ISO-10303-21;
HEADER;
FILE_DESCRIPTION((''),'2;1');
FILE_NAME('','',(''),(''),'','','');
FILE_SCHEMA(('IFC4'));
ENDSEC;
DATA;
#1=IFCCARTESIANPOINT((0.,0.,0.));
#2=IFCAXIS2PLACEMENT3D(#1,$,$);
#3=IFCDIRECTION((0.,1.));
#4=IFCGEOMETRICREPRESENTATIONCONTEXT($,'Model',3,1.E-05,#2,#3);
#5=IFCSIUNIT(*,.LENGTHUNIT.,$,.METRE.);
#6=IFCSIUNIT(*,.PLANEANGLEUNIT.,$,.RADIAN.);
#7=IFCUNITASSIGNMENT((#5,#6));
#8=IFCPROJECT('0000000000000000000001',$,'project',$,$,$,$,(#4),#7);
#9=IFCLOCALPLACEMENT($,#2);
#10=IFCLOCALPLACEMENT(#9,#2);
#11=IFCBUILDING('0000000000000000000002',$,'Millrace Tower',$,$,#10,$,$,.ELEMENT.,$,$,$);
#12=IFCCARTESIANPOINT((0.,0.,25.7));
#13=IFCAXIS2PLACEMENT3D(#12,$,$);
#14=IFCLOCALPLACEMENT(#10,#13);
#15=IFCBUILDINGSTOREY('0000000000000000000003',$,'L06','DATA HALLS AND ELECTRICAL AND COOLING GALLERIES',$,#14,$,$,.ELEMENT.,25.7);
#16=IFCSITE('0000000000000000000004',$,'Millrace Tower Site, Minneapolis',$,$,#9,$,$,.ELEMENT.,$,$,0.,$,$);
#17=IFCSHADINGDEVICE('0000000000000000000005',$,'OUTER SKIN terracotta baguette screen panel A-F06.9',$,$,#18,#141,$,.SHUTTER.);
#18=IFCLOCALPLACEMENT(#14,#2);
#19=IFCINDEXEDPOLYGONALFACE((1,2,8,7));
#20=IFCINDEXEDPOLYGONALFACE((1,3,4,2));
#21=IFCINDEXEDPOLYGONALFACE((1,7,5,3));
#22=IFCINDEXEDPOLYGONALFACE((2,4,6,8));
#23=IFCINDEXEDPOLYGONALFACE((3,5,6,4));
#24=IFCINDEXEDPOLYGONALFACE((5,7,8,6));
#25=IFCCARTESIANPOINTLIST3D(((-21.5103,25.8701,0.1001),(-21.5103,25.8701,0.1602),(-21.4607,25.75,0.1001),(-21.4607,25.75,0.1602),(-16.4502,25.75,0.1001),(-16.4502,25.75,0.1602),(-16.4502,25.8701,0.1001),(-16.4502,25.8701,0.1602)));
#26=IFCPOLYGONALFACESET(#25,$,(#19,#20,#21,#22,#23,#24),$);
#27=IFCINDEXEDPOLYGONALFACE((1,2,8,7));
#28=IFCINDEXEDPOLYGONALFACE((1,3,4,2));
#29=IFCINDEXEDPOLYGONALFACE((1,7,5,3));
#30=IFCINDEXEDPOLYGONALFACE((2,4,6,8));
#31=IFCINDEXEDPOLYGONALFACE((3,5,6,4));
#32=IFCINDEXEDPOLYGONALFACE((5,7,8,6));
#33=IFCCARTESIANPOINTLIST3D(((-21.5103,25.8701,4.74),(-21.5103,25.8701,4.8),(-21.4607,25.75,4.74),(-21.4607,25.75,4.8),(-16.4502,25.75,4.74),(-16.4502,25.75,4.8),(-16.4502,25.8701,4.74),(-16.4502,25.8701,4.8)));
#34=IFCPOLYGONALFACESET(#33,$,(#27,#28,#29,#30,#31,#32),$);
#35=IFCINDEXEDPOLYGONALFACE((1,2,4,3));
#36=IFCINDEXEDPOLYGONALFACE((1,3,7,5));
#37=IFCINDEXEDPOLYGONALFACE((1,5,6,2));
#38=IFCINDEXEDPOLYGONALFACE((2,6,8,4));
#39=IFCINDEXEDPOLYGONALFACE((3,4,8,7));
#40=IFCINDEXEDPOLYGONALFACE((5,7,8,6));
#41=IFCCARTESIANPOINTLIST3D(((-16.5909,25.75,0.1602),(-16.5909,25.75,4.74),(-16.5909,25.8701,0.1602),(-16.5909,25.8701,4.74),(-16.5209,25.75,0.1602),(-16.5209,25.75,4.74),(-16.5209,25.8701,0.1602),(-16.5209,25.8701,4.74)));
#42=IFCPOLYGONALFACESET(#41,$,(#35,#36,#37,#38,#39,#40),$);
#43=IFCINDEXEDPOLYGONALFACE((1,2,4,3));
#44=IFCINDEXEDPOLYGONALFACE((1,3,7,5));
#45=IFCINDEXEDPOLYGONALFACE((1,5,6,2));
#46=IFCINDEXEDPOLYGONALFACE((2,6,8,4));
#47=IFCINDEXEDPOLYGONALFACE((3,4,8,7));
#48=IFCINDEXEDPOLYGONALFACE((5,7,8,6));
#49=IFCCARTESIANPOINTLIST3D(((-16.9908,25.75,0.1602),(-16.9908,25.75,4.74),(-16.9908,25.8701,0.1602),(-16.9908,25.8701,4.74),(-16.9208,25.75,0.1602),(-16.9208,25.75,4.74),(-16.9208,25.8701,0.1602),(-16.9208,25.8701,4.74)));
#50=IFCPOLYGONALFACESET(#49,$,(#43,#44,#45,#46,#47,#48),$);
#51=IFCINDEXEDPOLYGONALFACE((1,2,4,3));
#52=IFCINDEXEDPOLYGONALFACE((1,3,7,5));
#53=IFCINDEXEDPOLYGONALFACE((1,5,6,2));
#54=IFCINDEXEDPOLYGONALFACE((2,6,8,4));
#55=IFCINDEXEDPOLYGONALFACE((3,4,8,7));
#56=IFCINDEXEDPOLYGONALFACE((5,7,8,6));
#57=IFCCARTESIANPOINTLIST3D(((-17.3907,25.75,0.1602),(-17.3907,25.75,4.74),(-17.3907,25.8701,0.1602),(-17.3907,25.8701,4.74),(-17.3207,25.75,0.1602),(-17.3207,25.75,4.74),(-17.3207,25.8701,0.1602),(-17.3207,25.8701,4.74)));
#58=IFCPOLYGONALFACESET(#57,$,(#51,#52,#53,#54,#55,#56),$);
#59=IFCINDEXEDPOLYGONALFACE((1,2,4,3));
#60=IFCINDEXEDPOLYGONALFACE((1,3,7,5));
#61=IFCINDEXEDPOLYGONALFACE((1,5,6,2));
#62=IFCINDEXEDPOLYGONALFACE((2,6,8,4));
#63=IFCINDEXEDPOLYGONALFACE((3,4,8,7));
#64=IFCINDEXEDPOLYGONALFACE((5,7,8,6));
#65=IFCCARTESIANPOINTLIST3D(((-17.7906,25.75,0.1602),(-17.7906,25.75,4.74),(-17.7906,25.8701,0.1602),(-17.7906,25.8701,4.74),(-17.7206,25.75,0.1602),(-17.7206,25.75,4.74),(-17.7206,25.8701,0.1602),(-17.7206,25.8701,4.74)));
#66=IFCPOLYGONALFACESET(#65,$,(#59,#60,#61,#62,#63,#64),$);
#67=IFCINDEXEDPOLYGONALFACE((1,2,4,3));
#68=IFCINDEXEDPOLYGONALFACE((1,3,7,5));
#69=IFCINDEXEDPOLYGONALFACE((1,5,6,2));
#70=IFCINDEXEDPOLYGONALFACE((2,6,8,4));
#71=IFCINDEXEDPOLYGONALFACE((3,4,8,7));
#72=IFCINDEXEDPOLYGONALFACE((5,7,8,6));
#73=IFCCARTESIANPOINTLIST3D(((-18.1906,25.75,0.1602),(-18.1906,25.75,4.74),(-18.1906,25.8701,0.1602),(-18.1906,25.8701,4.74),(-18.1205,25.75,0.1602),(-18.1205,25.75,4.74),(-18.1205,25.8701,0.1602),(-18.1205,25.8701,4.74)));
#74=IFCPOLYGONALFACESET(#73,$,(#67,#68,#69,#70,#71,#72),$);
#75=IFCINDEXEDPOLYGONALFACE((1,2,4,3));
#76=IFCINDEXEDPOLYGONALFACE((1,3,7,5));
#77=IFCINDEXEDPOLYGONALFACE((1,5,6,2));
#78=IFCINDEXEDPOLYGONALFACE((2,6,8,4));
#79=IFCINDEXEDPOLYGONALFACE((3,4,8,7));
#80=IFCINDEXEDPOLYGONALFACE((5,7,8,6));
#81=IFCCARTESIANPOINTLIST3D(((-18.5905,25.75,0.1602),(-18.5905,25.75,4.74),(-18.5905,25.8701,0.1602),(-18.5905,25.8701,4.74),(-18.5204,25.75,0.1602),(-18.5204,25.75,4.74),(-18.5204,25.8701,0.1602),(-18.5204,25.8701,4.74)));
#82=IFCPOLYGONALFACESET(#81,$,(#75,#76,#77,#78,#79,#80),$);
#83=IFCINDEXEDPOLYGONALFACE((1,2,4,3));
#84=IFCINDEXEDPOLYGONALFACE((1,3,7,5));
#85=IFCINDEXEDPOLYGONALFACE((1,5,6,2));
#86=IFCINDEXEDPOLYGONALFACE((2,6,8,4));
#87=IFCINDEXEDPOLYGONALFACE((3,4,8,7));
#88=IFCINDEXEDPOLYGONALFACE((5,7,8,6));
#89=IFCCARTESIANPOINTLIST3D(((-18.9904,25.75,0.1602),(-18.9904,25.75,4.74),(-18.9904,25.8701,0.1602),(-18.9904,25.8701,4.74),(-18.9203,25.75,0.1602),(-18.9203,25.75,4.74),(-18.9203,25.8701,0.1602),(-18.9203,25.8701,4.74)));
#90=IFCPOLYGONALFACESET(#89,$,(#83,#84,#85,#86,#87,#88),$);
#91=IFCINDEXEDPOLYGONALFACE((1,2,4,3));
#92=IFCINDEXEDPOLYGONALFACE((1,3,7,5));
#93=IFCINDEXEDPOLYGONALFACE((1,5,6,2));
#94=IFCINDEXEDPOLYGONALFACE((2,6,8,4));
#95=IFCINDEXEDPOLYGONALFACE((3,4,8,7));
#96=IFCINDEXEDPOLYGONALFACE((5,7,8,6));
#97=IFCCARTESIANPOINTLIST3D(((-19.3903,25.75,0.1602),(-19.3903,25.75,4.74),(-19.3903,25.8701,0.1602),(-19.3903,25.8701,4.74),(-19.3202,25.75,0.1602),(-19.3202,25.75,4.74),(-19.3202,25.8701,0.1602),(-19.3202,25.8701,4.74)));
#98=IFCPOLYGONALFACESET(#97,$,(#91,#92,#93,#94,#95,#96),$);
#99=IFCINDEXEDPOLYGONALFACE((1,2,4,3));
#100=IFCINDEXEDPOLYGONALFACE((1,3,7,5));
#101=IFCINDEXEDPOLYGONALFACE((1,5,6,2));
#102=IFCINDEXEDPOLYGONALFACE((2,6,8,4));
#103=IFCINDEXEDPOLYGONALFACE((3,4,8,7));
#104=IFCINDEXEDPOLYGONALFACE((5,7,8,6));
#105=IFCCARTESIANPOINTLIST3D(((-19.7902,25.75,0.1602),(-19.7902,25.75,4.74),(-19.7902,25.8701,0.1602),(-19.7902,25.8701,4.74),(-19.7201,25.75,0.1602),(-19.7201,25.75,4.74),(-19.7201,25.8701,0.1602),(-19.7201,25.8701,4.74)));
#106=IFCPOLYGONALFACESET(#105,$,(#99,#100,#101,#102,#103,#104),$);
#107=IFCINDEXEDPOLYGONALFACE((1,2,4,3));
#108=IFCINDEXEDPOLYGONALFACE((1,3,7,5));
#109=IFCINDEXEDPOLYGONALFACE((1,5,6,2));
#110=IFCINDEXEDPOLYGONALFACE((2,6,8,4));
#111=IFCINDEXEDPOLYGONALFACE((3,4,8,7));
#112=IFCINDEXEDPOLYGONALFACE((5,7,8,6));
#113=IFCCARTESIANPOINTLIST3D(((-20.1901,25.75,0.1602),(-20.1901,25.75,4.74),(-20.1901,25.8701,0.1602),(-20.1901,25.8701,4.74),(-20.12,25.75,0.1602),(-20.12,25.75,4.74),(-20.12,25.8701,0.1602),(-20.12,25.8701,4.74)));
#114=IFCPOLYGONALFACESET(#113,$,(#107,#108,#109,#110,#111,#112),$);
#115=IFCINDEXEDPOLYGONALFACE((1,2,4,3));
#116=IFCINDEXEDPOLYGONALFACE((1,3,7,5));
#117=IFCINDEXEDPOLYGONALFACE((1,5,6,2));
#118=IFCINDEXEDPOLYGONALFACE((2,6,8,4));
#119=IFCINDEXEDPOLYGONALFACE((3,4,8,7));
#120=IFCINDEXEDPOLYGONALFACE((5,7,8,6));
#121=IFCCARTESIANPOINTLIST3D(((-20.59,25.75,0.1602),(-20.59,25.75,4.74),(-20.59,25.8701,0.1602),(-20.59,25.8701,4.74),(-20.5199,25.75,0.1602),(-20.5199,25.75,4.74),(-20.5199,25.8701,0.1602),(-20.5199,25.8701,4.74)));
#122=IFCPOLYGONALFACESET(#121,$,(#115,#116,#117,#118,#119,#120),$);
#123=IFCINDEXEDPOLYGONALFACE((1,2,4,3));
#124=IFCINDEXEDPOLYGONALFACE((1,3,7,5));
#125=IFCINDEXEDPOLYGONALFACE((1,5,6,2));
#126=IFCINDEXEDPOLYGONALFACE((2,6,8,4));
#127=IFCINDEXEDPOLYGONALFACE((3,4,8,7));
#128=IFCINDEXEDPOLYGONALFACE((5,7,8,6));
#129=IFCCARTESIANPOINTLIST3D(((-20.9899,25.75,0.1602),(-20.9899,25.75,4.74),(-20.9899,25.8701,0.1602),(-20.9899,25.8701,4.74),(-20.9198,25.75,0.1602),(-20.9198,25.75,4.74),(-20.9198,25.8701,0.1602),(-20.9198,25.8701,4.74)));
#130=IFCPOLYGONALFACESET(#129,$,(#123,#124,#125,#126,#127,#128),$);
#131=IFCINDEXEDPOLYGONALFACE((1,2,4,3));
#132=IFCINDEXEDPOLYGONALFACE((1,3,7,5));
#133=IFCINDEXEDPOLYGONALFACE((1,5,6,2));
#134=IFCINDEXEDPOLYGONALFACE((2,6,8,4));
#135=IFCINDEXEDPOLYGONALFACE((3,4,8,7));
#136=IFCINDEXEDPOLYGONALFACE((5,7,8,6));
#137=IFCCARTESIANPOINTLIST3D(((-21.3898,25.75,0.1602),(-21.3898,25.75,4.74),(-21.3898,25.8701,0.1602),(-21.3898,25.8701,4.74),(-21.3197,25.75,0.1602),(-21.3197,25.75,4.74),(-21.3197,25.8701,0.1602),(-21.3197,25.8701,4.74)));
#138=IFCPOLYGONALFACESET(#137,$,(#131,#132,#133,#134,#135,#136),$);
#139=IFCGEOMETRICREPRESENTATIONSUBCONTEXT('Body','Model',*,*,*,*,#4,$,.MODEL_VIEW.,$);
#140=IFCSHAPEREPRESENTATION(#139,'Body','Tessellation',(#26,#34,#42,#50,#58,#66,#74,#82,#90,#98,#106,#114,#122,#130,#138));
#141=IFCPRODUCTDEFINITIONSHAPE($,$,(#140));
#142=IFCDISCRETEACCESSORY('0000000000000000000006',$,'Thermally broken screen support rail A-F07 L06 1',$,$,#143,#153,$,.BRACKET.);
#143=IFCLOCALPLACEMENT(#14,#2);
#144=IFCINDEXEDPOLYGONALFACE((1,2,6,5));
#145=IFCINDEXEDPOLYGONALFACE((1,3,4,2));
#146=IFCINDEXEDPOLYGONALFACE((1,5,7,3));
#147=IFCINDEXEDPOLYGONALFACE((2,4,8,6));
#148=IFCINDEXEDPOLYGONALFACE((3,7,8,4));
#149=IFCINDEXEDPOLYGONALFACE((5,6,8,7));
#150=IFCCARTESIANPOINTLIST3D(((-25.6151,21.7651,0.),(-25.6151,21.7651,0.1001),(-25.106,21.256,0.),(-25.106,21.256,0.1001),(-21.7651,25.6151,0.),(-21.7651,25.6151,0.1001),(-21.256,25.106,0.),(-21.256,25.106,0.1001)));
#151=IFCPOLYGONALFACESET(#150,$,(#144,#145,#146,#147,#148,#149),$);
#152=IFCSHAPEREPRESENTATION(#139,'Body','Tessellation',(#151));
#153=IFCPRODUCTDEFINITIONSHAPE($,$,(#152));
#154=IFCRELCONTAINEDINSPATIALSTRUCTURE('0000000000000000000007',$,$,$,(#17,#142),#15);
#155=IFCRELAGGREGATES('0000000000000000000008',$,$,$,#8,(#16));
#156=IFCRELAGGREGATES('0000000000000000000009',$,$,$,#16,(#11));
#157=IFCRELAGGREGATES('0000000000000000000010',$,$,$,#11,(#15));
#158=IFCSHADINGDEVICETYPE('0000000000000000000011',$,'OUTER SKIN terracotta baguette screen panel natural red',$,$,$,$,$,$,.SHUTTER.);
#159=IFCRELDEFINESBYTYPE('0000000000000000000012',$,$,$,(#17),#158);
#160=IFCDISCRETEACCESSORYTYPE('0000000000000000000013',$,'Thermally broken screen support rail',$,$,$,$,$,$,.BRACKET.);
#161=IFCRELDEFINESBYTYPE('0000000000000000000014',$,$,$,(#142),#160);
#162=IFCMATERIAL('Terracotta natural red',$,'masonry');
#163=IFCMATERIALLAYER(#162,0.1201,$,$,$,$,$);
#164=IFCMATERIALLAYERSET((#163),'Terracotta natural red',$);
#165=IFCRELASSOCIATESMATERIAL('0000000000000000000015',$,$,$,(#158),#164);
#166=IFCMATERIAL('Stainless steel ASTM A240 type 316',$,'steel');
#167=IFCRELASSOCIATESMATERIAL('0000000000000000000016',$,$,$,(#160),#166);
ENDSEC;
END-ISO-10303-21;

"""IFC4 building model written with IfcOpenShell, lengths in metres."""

from ifc_helpers import new_model, entity, si_unit, direction, frame, frame_2d, origin, origin_2d, place, context, subcontext, project, spatial, rectangle, extrude, source, transform, mapped, material, layer, layer_set, type_object, element, save


model = new_model("IFC4")

# Units and contexts
model_context = context("Model", 3, precision=1e-05, world=origin(), true_north=direction((0.0, 1.0)))
body_context = subcontext(model_context, "Body", "Model", "MODEL_VIEW")
ifc_project = project(units=[si_unit("LENGTHUNIT", "METRE"), si_unit("PLANEANGLEUNIT", "RADIAN")], contexts=[model_context])

# Site, building, storey
site_placement = place(None, origin())
site = spatial("IfcSite", under=ifc_project, at=site_placement, Name="Millrace Tower Site, Minneapolis", CompositionType="ELEMENT", RefElevation=0.0)
building_placement = place(site_placement, origin())
building = spatial("IfcBuilding", under=site, at=building_placement, Name="Millrace Tower", CompositionType="ELEMENT")
storey_placement = place(building_placement, frame((0.0, 0.0, 25.7)))
storey = spatial("IfcBuildingStorey", under=building, at=storey_placement, Name="L06", Description="DATA HALLS AND ELECTRICAL AND COOLING GALLERIES", CompositionType="ELEMENT", Elevation=25.7)

# Shading device
ifc_material_1 = material(Name="Terracotta natural red", Category="masonry")
ifc_layer_1 = layer(ifc_material_1, 0.1201)
ifc_layer_set_1 = layer_set([ifc_layer_1], Name="Terracotta natural red")
shading_device_type_1 = type_object("IfcShadingDeviceType", Name="OUTER SKIN terracotta baguette screen panel natural red", PredefinedType="SHUTTER", material=ifc_layer_set_1)
cartesian_point_1 = entity("IfcCartesianPoint", [-2.5176, 0.0601])
shared_polyline_1 = entity("IfcPolyline", [cartesian_point_1, entity("IfcCartesianPoint", [2.4929, 0.0601]), entity("IfcCartesianPoint", [2.5425, -0.0601]), entity("IfcCartesianPoint", [-2.5176, -0.0601]), cartesian_point_1])
shared_shape_1 = source(origin(), body_context, "Body", "SweptSolid", [
    entity("IfcExtrudedAreaSolid", entity("IfcArbitraryClosedProfileDef", "AREA", None, shared_polyline_1), entity("IfcAxis2Placement3D", entity("IfcCartesianPoint", [0.0, 0.0, 0.0])), entity("IfcDirection", [0.0, 0.0, 1.0]), 0.0601),
    entity("IfcExtrudedAreaSolid", entity("IfcArbitraryClosedProfileDef", "AREA", None, shared_polyline_1), entity("IfcAxis2Placement3D", entity("IfcCartesianPoint", [0.0, 0.0, 4.6399])), entity("IfcDirection", [0.0, 0.0, 1.0]), 0.0601),
    extrude(rectangle(XDim=0.0701, YDim=0.1201, at=frame_2d((-2.4119, 0.0))), frame((0.0, 0.0, 0.0601)), (0.0, 0.0, 1.0), 4.5798),
    extrude(rectangle(XDim=0.0701, YDim=0.1201, at=frame_2d((-2.012, 0.0))), frame((0.0, 0.0, 0.0601)), (0.0, 0.0, 1.0), 4.5798),
    extrude(rectangle(XDim=0.0701, YDim=0.1201, at=frame_2d((-1.6121, 0.0))), frame((0.0, 0.0, 0.0601)), (0.0, 0.0, 1.0), 4.5798),
    extrude(rectangle(XDim=0.0701, YDim=0.1201, at=frame_2d((-1.2122, 0.0))), frame((0.0, 0.0, 0.0601)), (0.0, 0.0, 1.0), 4.5798),
    extrude(rectangle(XDim=0.0701, YDim=0.1201, at=frame_2d((-0.8123, 0.0))), frame((0.0, 0.0, 0.0601)), (0.0, 0.0, 1.0), 4.5798),
    extrude(rectangle(XDim=0.0701, YDim=0.1201, at=frame_2d((-0.4124, 0.0))), frame((0.0, 0.0, 0.0601)), (0.0, 0.0, 1.0), 4.5798),
    extrude(rectangle(XDim=0.0701, YDim=0.1201, at=frame_2d((-0.0125, 0.0))), frame((0.0, 0.0, 0.0601)), (0.0, 0.0, 1.0), 4.5798),
    extrude(rectangle(XDim=0.0701, YDim=0.1201, at=frame_2d((0.3875, 0.0))), frame((0.0, 0.0, 0.0601)), (0.0, 0.0, 1.0), 4.5798),
    extrude(rectangle(XDim=0.0701, YDim=0.1201, at=frame_2d((0.7874, 0.0))), frame((0.0, 0.0, 0.0601)), (0.0, 0.0, 1.0), 4.5798),
    extrude(rectangle(XDim=0.0701, YDim=0.1201, at=frame_2d((1.1873, 0.0))), frame((0.0, 0.0, 0.0601)), (0.0, 0.0, 1.0), 4.5798),
    extrude(rectangle(XDim=0.0701, YDim=0.1201, at=frame_2d((1.5872, 0.0))), frame((0.0, 0.0, 0.0601)), (0.0, 0.0, 1.0), 4.5798),
    extrude(rectangle(XDim=0.0701, YDim=0.1201, at=frame_2d((1.9871, 0.0))), frame((0.0, 0.0, 0.0601)), (0.0, 0.0, 1.0), 4.5798),
    extrude(rectangle(XDim=0.0701, YDim=0.1201, at=frame_2d((2.387, 0.0))), frame((0.0, 0.0, 0.0601)), (0.0, 0.0, 1.0), 4.5798),
])
shading_device_1_placement = place(storey_placement, frame((-18.9678, 25.8101, 0.1001), z_axis=(0.0, 0.0, 1.0), x_axis=(-1.0, 0.0, 0.0)))
element("IfcShadingDevice", 1, at=shading_device_1_placement, inside=storey, type_object=shading_device_type_1, Name="OUTER SKIN terracotta baguette screen panel A-F06.9", PredefinedType="SHUTTER", context=body_context, shape_type="MappedRepresentation", body=[
    mapped(shared_shape_1, transform((0.0, 0.0, 0.0), scale=1.0)),
])

# Discrete accessory
ifc_material_2 = material(Name="Stainless steel ASTM A240 type 316", Category="steel")
discrete_accessory_type = type_object("IfcDiscreteAccessoryType", Name="Thermally broken screen support rail", PredefinedType="BRACKET", material=ifc_material_2)
discrete_accessory_placement = place(storey_placement, frame((-23.4355, 23.4355, 0.0), z_axis=(0.0, 0.0, 1.0), x_axis=(-0.707107, -0.707107, 0.0)))
element("IfcDiscreteAccessory", 2, at=discrete_accessory_placement, inside=storey, type_object=discrete_accessory_type, Name="Thermally broken screen support rail A-F07 L06 1", PredefinedType="BRACKET", context=body_context, shape_type="SweptSolid", body=[
    extrude(rectangle(XDim=5.4448, YDim=0.72, at=origin_2d()), origin(), (0.0, 0.0, 1.0), 0.1001),
])

save(model, "model.ifc")
